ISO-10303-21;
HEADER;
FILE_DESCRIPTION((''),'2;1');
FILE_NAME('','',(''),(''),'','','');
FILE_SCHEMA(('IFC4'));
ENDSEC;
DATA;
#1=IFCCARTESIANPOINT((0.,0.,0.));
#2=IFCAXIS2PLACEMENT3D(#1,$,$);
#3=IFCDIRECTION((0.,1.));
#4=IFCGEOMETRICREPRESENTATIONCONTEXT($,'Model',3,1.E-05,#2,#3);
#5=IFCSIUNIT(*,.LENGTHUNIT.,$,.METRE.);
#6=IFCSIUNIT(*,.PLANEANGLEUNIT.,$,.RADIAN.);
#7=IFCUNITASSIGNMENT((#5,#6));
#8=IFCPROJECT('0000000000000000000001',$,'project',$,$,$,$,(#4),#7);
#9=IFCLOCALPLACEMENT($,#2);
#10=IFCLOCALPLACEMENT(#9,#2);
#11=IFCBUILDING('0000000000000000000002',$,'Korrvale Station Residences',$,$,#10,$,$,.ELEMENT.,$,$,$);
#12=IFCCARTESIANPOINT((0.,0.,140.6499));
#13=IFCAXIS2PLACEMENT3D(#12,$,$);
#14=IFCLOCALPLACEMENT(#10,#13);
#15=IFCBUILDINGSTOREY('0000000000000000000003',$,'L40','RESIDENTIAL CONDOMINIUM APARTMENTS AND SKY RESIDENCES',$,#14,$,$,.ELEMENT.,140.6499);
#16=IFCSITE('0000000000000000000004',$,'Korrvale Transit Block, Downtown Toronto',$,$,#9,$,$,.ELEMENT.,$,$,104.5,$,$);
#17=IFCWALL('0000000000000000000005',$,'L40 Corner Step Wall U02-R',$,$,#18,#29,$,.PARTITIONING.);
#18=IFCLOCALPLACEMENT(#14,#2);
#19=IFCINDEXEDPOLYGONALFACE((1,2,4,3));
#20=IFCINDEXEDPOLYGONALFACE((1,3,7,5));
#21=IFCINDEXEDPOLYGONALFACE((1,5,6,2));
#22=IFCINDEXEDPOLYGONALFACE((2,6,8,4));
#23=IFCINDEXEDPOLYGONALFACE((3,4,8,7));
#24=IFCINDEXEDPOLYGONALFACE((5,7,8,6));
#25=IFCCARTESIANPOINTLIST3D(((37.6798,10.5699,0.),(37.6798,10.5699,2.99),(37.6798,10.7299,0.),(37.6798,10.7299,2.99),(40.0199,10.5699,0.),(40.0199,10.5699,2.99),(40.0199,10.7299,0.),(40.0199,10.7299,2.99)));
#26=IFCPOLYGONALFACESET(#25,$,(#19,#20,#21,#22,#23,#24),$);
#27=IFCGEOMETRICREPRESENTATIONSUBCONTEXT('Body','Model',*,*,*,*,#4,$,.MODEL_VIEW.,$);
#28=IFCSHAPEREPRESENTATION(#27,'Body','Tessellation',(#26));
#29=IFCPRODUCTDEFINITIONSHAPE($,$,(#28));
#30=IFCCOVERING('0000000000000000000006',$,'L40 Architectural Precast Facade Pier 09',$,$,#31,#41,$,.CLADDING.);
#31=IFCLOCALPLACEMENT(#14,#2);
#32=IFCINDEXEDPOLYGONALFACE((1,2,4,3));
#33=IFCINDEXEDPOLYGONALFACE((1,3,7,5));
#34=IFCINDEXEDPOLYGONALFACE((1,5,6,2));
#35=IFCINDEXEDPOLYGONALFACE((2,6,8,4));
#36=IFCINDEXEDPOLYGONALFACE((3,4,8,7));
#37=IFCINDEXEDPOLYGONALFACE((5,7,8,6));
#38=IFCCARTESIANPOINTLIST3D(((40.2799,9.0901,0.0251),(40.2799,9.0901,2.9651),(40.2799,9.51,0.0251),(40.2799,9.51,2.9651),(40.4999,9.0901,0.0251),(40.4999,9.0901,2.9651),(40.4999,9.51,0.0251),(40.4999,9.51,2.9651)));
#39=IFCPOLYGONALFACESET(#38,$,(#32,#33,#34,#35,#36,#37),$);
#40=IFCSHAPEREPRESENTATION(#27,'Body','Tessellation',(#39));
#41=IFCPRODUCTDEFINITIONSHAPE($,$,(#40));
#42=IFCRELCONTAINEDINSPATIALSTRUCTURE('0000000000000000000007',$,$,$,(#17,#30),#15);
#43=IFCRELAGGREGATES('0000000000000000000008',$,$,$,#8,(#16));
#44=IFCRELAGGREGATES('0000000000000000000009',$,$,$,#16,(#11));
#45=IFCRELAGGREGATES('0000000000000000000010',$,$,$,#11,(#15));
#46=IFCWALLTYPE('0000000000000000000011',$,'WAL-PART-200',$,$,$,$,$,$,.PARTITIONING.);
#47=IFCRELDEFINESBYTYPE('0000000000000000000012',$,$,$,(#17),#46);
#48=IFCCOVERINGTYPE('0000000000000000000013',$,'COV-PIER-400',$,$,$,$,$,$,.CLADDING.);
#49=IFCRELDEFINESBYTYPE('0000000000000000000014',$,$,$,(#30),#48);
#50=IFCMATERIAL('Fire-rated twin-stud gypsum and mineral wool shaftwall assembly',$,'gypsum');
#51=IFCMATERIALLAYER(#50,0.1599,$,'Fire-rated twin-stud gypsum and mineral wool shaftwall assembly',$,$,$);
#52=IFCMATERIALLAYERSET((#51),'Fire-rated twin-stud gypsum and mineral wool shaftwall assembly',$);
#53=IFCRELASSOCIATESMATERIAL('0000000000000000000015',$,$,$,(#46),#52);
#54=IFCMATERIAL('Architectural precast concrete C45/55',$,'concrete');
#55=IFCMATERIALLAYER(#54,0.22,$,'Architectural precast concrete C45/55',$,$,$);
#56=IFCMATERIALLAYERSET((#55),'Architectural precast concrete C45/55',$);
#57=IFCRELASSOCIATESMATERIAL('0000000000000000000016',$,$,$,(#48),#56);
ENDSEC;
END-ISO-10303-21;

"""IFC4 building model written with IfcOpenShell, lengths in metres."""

from ifc_helpers import new_model, si_unit, direction, frame, frame_2d, origin, origin_2d, place, context, subcontext, project, spatial, rectangle, extrude, material, layer, layer_set, type_object, element, save


model = new_model("IFC4")

# Units and contexts
model_context = context("Model", 3, precision=1e-05, world=origin(), true_north=direction((0.0, 1.0)))
body_context = subcontext(model_context, "Body", "Model", "MODEL_VIEW")
ifc_project = project(units=[si_unit("LENGTHUNIT", "METRE"), si_unit("PLANEANGLEUNIT", "RADIAN")], contexts=[model_context])

# Site, building, storey
site_placement = place(None, origin())
site = spatial("IfcSite", under=ifc_project, at=site_placement, Name="Korrvale Transit Block, Downtown Toronto", CompositionType="ELEMENT", RefElevation=104.5)
building_placement = place(site_placement, origin())
building = spatial("IfcBuilding", under=site, at=building_placement, Name="Korrvale Station Residences", CompositionType="ELEMENT")
storey_placement = place(building_placement, frame((0.0, 0.0, 140.6499)))
storey = spatial("IfcBuildingStorey", under=building, at=storey_placement, Name="L40", Description="RESIDENTIAL CONDOMINIUM APARTMENTS AND SKY RESIDENCES", CompositionType="ELEMENT", Elevation=140.6499)

# Wall
ifc_material_1 = material(Name="Fire-rated twin-stud gypsum and mineral wool shaftwall assembly", Category="gypsum")
ifc_layer_1 = layer(ifc_material_1, 0.1599, Name="Fire-rated twin-stud gypsum and mineral wool shaftwall assembly")
ifc_layer_set_1 = layer_set([ifc_layer_1], Name="Fire-rated twin-stud gypsum and mineral wool shaftwall assembly")
wall_type_1 = type_object("IfcWallType", Name="WAL-PART-200", PredefinedType="PARTITIONING", material=ifc_layer_set_1)
wall_1_placement = place(storey_placement, frame((37.6799, 10.6499, 0.0), z_axis=(0.0, 0.0, 1.0), x_axis=(1.0, 0.0, 0.0)))
element("IfcWall", 1, at=wall_1_placement, inside=storey, type_object=wall_type_1, Name="L40 Corner Step Wall U02-R", PredefinedType="PARTITIONING", context=body_context, shape_type="SweptSolid", body=[
    extrude(rectangle(XDim=2.3401, YDim=0.1599, at=frame_2d((1.1699, 0.0))), origin(), (0.0, 0.0, 1.0), 2.99),
])

# Covering
ifc_material_2 = material(Name="Architectural precast concrete C45/55", Category="concrete")
ifc_layer_2 = layer(ifc_material_2, 0.22, Name="Architectural precast concrete C45/55")
ifc_layer_set_2 = layer_set([ifc_layer_2], Name="Architectural precast concrete C45/55")
covering_type = type_object("IfcCoveringType", Name="COV-PIER-400", PredefinedType="CLADDING", material=ifc_layer_set_2)
covering_placement = place(storey_placement, frame((40.3899, 9.3, 0.0251), z_axis=(0.0, 0.0, 1.0), x_axis=(0.0, 1.0, 0.0)))
element("IfcCovering", 2, at=covering_placement, inside=storey, type_object=covering_type, Name="L40 Architectural Precast Facade Pier 09", PredefinedType="CLADDING", context=body_context, shape_type="SweptSolid", body=[
    extrude(rectangle(XDim=0.4199, YDim=0.22, at=origin_2d()), origin(), (0.0, 0.0, 1.0), 2.9399),
])

save(model, "model.ifc")
